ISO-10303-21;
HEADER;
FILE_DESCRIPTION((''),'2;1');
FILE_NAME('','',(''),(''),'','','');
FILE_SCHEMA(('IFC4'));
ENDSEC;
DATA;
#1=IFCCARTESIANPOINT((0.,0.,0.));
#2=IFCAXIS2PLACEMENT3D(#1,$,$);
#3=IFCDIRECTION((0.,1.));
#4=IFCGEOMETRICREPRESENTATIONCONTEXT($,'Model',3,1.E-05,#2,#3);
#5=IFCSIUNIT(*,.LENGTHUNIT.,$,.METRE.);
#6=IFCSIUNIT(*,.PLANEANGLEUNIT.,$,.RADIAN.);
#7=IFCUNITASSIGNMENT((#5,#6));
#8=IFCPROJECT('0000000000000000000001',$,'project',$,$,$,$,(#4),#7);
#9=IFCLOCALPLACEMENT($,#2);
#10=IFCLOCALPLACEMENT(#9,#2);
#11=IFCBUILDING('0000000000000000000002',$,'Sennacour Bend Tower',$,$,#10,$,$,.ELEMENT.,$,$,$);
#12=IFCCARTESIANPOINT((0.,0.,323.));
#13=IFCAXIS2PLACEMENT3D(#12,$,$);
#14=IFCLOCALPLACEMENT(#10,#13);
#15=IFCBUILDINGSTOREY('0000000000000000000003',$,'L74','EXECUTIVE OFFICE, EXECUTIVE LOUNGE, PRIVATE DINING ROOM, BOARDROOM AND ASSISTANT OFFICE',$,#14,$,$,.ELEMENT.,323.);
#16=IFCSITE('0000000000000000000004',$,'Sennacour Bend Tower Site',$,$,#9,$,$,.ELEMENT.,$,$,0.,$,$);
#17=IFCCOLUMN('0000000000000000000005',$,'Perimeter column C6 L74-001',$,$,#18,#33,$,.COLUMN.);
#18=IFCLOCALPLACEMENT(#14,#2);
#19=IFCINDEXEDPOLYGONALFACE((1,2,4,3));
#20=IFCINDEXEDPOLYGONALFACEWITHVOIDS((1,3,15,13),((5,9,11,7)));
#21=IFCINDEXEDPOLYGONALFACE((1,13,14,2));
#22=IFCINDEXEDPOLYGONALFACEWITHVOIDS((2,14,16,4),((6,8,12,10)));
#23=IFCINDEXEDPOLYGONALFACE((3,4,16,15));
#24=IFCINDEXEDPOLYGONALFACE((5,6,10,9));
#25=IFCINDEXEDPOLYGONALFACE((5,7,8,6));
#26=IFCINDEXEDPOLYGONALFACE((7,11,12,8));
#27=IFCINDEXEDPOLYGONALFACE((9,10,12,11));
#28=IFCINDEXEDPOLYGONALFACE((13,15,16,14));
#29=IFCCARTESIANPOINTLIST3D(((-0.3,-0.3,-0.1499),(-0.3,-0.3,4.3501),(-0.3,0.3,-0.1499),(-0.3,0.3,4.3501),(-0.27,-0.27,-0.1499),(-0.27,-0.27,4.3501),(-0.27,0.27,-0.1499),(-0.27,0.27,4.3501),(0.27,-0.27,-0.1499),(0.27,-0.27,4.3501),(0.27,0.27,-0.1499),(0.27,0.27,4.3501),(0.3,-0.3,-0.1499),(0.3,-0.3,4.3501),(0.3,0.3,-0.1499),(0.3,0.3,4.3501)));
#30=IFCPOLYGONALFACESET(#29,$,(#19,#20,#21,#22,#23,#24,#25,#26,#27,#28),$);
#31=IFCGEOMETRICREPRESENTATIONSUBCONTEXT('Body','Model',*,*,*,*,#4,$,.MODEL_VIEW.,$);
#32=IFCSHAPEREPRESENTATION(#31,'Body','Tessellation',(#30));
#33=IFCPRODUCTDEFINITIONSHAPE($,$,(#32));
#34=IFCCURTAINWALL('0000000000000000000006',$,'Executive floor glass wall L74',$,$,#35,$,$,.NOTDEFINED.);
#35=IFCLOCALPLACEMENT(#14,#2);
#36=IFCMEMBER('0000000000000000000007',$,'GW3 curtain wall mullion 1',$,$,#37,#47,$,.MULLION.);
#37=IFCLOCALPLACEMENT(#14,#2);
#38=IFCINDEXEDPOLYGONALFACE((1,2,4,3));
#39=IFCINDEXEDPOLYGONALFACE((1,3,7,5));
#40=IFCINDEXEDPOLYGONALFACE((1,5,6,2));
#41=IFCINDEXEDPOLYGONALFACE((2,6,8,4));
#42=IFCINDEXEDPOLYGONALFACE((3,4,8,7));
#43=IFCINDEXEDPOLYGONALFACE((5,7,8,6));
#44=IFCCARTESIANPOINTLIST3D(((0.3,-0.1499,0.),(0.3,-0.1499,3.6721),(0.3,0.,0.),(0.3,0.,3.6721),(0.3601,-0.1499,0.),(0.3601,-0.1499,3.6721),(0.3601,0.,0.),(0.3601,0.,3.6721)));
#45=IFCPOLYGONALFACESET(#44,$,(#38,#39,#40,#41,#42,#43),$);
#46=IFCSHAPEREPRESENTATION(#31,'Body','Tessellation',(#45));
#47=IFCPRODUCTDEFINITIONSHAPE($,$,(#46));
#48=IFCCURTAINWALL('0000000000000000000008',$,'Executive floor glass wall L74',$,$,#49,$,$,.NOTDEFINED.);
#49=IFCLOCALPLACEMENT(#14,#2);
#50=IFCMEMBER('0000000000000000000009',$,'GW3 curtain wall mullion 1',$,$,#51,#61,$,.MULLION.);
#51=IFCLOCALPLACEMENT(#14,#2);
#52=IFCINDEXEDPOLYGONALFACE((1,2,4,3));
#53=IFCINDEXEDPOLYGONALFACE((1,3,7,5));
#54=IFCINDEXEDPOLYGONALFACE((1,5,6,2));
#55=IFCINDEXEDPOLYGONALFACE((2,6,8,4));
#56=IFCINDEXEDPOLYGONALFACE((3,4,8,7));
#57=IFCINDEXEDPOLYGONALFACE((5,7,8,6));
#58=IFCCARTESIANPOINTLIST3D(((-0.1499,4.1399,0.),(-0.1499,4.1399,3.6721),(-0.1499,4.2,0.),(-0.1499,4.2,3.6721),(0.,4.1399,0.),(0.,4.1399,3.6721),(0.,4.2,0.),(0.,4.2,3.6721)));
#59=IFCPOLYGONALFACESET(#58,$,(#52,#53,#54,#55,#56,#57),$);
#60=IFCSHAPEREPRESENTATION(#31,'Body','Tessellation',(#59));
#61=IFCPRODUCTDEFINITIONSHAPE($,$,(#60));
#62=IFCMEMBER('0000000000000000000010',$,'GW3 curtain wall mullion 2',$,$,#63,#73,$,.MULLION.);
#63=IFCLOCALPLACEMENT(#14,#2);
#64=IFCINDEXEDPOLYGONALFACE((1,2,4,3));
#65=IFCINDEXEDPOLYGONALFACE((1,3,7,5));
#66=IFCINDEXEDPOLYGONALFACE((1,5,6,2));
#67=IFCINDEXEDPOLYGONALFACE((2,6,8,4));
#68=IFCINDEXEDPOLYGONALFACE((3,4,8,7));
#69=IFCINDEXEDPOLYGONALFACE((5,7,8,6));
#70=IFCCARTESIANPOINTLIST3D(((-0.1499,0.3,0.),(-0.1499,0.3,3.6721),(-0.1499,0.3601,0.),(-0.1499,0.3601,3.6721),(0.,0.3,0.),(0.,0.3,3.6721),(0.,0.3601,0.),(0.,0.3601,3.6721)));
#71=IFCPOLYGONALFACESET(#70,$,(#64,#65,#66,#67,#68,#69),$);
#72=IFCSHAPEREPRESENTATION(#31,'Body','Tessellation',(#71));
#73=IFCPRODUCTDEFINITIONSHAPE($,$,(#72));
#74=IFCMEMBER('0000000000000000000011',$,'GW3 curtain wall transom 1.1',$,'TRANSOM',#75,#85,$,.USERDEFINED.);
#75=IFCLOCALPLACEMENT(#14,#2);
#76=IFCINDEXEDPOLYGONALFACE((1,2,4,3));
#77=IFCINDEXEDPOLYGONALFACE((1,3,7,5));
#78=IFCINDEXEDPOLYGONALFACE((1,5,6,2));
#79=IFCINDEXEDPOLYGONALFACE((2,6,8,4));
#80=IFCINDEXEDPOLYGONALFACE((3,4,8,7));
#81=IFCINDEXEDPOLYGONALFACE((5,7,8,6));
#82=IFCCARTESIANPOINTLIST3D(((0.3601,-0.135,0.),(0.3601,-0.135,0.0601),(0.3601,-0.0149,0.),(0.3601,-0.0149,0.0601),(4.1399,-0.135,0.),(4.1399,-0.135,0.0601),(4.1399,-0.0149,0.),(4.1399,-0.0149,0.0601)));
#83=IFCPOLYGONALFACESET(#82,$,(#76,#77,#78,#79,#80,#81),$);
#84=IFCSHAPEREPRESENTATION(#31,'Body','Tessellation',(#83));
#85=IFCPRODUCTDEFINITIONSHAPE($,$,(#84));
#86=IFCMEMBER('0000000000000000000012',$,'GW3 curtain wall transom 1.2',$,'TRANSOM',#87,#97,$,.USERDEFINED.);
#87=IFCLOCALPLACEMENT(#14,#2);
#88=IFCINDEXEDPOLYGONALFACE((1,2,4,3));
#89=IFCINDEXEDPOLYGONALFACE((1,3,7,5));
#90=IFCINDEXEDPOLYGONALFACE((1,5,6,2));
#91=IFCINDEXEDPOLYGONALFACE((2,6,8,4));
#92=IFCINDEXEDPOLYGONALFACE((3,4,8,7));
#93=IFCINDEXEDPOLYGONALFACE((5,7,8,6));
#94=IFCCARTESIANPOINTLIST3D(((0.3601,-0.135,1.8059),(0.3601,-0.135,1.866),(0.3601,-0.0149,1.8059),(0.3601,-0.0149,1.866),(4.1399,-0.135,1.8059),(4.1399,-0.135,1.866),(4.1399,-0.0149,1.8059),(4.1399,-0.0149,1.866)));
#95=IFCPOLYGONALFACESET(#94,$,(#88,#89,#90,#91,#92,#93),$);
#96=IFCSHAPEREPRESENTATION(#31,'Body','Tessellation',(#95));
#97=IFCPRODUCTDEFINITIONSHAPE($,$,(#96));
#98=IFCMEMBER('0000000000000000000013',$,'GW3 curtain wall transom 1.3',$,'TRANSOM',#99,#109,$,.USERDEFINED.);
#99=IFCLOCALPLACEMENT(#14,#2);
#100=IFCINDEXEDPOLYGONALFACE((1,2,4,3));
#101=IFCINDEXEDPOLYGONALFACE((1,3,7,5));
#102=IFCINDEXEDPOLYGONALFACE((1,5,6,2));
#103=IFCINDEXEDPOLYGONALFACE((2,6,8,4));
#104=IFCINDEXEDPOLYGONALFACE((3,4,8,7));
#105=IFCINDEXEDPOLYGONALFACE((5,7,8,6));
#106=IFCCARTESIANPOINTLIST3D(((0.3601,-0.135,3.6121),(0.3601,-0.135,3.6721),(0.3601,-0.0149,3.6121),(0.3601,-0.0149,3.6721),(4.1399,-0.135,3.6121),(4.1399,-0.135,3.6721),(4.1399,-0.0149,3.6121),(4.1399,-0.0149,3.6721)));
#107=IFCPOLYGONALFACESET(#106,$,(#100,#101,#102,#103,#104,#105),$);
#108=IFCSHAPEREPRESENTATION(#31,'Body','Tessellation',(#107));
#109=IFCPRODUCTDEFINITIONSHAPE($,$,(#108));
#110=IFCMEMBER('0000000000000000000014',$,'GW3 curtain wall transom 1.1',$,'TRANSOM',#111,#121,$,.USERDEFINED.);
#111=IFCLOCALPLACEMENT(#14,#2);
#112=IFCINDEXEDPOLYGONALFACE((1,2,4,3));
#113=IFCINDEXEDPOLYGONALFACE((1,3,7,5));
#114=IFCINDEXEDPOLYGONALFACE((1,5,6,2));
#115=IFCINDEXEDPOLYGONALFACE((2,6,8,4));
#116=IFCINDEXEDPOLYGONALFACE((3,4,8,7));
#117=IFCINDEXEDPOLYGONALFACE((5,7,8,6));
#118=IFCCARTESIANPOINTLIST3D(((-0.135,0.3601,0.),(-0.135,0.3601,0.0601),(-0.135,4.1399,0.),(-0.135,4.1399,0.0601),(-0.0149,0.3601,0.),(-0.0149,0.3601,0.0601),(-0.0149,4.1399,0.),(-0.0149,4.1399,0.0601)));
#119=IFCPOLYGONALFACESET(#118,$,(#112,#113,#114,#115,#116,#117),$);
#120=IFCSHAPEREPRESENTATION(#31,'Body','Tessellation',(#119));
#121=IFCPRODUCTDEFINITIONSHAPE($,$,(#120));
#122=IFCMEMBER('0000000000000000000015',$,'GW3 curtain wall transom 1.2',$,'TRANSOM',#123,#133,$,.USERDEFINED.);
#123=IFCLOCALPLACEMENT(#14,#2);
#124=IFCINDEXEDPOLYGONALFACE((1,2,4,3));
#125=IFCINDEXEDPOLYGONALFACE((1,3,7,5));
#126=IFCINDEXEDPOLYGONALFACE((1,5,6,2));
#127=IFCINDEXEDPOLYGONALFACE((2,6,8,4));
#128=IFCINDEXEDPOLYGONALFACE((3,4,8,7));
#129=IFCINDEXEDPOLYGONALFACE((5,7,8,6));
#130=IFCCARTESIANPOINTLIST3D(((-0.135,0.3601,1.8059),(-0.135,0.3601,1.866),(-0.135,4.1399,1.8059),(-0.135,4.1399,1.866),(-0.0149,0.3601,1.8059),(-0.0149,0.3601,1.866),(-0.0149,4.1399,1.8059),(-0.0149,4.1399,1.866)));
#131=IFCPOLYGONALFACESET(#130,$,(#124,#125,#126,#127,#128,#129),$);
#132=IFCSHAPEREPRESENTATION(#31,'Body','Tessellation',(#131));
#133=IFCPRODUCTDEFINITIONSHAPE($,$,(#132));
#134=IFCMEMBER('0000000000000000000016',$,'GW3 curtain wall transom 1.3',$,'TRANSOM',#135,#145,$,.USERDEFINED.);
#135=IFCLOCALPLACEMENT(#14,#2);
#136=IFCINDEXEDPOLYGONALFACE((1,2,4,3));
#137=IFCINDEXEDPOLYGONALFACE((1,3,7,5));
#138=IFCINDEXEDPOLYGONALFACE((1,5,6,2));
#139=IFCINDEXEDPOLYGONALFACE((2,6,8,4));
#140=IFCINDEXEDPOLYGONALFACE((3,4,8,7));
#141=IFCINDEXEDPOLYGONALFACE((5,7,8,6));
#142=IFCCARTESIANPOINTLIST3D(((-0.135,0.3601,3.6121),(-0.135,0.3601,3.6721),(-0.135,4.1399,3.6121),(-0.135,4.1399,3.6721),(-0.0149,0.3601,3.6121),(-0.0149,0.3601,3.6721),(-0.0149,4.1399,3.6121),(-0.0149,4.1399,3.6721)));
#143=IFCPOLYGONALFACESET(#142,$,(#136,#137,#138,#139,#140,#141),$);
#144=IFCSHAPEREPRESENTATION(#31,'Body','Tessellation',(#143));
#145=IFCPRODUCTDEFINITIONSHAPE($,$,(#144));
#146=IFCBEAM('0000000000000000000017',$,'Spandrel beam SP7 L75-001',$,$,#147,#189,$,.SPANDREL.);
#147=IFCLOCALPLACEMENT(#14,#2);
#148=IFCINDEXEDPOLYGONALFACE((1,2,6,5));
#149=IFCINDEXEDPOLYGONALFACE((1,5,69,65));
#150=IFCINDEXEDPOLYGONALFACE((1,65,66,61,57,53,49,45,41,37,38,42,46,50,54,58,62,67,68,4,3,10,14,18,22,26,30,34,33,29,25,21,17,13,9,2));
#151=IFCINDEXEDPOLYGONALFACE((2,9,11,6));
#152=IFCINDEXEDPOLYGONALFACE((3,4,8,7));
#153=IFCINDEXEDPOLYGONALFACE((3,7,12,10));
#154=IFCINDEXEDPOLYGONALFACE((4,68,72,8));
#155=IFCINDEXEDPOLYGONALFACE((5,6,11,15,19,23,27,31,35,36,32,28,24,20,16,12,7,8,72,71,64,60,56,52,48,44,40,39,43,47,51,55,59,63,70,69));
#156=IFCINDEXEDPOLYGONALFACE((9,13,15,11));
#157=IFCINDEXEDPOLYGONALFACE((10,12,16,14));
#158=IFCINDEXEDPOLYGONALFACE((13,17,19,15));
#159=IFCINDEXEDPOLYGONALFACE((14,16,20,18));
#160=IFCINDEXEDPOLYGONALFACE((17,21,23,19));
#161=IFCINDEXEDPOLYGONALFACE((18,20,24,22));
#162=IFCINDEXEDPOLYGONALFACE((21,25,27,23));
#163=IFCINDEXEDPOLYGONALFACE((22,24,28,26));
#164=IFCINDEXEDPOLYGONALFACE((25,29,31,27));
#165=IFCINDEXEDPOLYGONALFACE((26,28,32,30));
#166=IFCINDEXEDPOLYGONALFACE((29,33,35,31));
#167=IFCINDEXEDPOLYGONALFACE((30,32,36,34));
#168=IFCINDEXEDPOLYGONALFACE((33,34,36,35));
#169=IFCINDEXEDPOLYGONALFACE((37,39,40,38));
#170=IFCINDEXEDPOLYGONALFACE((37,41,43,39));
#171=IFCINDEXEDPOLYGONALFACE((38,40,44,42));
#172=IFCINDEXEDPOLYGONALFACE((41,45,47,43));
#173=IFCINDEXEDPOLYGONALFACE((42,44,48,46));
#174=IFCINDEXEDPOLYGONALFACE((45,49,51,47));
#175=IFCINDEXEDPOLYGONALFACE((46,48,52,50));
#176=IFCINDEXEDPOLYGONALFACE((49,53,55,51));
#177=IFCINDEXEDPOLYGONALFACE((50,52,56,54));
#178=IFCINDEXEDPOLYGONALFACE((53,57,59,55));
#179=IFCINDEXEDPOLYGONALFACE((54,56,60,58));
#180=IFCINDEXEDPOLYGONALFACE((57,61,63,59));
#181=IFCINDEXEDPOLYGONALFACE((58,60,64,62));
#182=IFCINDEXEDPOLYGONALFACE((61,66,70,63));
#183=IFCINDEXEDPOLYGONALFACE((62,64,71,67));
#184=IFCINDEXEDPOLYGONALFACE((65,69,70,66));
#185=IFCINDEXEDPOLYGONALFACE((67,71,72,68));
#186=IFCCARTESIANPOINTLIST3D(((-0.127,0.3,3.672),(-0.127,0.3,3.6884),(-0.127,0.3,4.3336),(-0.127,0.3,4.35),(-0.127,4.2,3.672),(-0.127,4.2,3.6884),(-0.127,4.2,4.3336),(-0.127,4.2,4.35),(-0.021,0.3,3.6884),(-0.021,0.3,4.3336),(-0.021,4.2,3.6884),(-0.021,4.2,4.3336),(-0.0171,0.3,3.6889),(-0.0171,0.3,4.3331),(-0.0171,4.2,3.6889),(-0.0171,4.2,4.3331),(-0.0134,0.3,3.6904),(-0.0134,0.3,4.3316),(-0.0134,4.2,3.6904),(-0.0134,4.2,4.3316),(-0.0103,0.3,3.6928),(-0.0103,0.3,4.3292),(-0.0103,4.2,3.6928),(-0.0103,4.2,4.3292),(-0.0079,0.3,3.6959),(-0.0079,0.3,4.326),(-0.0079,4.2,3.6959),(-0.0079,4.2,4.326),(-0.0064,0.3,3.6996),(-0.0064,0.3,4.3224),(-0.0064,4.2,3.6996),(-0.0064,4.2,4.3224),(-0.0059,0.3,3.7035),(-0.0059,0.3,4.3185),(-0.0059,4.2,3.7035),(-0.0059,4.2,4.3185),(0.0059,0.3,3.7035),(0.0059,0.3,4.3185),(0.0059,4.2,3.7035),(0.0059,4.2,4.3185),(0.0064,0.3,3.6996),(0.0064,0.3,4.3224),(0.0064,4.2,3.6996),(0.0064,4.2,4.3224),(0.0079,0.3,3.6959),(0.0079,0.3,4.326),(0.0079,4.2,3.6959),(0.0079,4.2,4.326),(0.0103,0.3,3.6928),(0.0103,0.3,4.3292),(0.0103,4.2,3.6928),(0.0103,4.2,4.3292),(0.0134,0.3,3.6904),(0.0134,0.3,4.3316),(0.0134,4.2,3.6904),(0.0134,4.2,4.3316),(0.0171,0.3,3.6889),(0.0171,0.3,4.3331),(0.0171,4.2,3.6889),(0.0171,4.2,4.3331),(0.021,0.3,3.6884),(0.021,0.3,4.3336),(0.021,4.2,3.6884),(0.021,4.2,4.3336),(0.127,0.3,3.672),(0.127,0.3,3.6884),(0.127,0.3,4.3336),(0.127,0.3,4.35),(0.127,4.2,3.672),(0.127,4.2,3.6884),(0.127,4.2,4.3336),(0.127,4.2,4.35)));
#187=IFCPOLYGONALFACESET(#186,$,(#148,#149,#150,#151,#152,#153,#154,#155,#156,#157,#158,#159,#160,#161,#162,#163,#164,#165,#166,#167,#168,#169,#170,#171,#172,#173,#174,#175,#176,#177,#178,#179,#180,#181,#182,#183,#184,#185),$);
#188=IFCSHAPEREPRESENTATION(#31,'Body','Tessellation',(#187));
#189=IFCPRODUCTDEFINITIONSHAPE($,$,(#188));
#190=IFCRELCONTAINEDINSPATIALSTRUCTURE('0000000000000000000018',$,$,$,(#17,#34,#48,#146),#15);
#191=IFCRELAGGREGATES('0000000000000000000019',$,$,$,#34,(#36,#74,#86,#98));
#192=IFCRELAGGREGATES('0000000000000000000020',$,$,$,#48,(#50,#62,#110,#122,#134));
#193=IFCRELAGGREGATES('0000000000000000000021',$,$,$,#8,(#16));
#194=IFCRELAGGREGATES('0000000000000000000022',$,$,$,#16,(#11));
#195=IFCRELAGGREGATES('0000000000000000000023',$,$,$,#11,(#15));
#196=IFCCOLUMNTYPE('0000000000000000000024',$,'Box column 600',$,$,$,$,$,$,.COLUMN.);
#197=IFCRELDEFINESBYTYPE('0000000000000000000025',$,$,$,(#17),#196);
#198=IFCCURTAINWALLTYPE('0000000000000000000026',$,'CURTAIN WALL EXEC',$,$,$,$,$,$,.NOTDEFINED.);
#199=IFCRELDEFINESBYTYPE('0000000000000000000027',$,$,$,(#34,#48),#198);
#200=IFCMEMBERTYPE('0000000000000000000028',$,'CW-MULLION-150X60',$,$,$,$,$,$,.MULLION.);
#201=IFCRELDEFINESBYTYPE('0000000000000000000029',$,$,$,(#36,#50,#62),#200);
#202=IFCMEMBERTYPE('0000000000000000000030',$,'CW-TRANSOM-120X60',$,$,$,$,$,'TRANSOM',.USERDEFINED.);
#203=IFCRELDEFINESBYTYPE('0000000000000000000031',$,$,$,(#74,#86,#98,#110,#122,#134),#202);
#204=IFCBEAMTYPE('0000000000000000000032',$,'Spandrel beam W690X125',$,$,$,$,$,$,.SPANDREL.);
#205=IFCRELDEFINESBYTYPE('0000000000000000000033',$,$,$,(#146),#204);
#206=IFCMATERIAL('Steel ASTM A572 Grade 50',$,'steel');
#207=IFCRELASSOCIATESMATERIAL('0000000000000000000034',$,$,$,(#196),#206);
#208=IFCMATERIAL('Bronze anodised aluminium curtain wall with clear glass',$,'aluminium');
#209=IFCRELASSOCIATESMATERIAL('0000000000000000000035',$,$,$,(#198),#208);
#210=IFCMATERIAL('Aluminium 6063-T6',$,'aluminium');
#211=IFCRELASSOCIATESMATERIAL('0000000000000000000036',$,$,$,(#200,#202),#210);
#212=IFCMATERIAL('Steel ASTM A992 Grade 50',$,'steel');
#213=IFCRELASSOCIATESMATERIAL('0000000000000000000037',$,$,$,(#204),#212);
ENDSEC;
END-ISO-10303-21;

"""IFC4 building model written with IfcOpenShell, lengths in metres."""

from ifc_helpers import new_model, si_unit, direction, frame, origin, origin_2d, place, context, subcontext, project, spatial, rectangle, hollow_rectangle, i_section, extrude, material, material_profile, profile_set, type_object, element, aggregate, save


model = new_model("IFC4")

# Units and contexts
model_context = context("Model", 3, precision=1e-05, world=origin(), true_north=direction((0.0, 1.0)))
body_context = subcontext(model_context, "Body", "Model", "MODEL_VIEW")
ifc_project = project(units=[si_unit("LENGTHUNIT", "METRE"), si_unit("PLANEANGLEUNIT", "RADIAN")], contexts=[model_context])

# Site, building, storey
site_placement = place(None, origin())
site = spatial("IfcSite", under=ifc_project, at=site_placement, Name="Sennacour Bend Tower Site", CompositionType="ELEMENT", RefElevation=0.0)
building_placement = place(site_placement, origin())
building = spatial("IfcBuilding", under=site, at=building_placement, Name="Sennacour Bend Tower", CompositionType="ELEMENT")
storey_placement = place(building_placement, frame((0.0, 0.0, 323.0)))
storey = spatial("IfcBuildingStorey", under=building, at=storey_placement, Name="L74", Description="EXECUTIVE OFFICE, EXECUTIVE LOUNGE, PRIVATE DINING ROOM, BOARDROOM AND ASSISTANT OFFICE", CompositionType="ELEMENT", Elevation=323.0)

# Column
ifc_material_1 = material(Name="Steel ASTM A572 Grade 50", Category="steel")
ifc_material_profile_1 = material_profile(ifc_material_1, hollow_rectangle(XDim=0.6001, YDim=0.6001, WallThickness=0.03, at=origin_2d()), Name="Steel ASTM A572 Grade 50", Category="steel")
ifc_profile_set_1 = profile_set([ifc_material_profile_1], Name="Steel ASTM A572 Grade 50")
column_type = type_object("IfcColumnType", Name="Box column 600", PredefinedType="COLUMN", material=ifc_profile_set_1)
column_placement = place(storey_placement, frame((0.0, 0.0, -0.1499), z_axis=(0.0, 0.0, 1.0), x_axis=(1.0, 0.0, 0.0)))
element("IfcColumn", 1, at=column_placement, inside=storey, type_object=column_type, Name="Perimeter column C6 L74-001", PredefinedType="COLUMN", context=body_context, shape_type="SweptSolid", body=[
    extrude(hollow_rectangle(XDim=0.6001, YDim=0.6001, WallThickness=0.03, at=origin_2d()), origin(), (0.0, 0.0, 1.0), 4.5),
])

# Curtain wall, member
ifc_material_2 = material(Name="Bronze anodised aluminium curtain wall with clear glass", Category="aluminium")
curtain_wall_type = type_object("IfcCurtainWallType", Name="CURTAIN WALL EXEC", PredefinedType="NOTDEFINED", material=ifc_material_2)
curtain_wall_1_placement = place(storey_placement, origin())
curtain_wall_1 = element("IfcCurtainWall", 2, at=curtain_wall_1_placement, inside=storey, type_object=curtain_wall_type, Name="Executive floor glass wall L74", PredefinedType="NOTDEFINED")
ifc_material_3 = material(Name="Aluminium 6063-T6", Category="aluminium")
ifc_material_profile_2 = material_profile(ifc_material_3, rectangle(XDim=0.1499, YDim=0.0601, at=origin_2d()), Name="Aluminium 6063-T6", Category="aluminium")
ifc_profile_set_2 = profile_set([ifc_material_profile_2], Name="Aluminium 6063-T6")
member_type_1 = type_object("IfcMemberType", Name="CW-MULLION-150X60", PredefinedType="MULLION", material=ifc_profile_set_2)
member_1_placement = place(storey_placement, frame((0.3301, -0.075, 0.0), z_axis=(0.0, 0.0, 1.0), x_axis=(0.0, 1.0, 0.0)))
member_1 = element("IfcMember", 3, at=member_1_placement, type_object=member_type_1, Name="GW3 curtain wall mullion 1", PredefinedType="MULLION", context=body_context, shape_type="SweptSolid", body=[
    extrude(rectangle(XDim=0.1499, YDim=0.0601, at=origin_2d()), origin(), (0.0, 0.0, 1.0), 3.6721),
])

# Curtain wall, members
curtain_wall_2_placement = place(storey_placement, origin())
curtain_wall_2 = element("IfcCurtainWall", 4, at=curtain_wall_2_placement, inside=storey, type_object=curtain_wall_type, Name="Executive floor glass wall L74", PredefinedType="NOTDEFINED")
member_2_placement = place(storey_placement, frame((-0.075, 4.1699, 0.0), z_axis=(0.0, 0.0, 1.0), x_axis=(1.0, 0.0, 0.0)))
member_2 = element("IfcMember", 5, at=member_2_placement, type_object=member_type_1, Name="GW3 curtain wall mullion 1", PredefinedType="MULLION", context=body_context, shape_type="SweptSolid", body=[
    extrude(rectangle(XDim=0.1499, YDim=0.0601, at=origin_2d()), origin(), (0.0, 0.0, 1.0), 3.6721),
])
member_3_placement = place(storey_placement, frame((-0.075, 0.3301, 0.0), z_axis=(0.0, 0.0, 1.0), x_axis=(1.0, 0.0, 0.0)))
member_3 = element("IfcMember", 6, at=member_3_placement, type_object=member_type_1, Name="GW3 curtain wall mullion 2", PredefinedType="MULLION", context=body_context, shape_type="SweptSolid", body=[
    extrude(rectangle(XDim=0.1499, YDim=0.0601, at=origin_2d()), origin(), (0.0, 0.0, 1.0), 3.6721),
])

# Members
ifc_material_profile_3 = material_profile(ifc_material_3, rectangle(XDim=0.1201, YDim=0.0601, at=origin_2d()), Name="Aluminium 6063-T6", Category="aluminium")
ifc_profile_set_3 = profile_set([ifc_material_profile_3], Name="Aluminium 6063-T6")
member_type_2 = type_object("IfcMemberType", Name="CW-TRANSOM-120X60", ElementType="TRANSOM", PredefinedType="USERDEFINED", material=ifc_profile_set_3)
member_4_placement = place(storey_placement, frame((0.3601, -0.075, 0.03), z_axis=(1.0, 0.0, 0.0), x_axis=(0.0, 1.0, 0.0)))
member_4 = element("IfcMember", 7, at=member_4_placement, type_object=member_type_2, Name="GW3 curtain wall transom 1.1", ObjectType="TRANSOM", PredefinedType="USERDEFINED", context=body_context, shape_type="SweptSolid", body=[
    extrude(rectangle(XDim=0.1201, YDim=0.0601, at=origin_2d()), origin(), (0.0, 0.0, 1.0), 3.7798),
])
member_5_placement = place(storey_placement, frame((0.3601, -0.075, 1.8359), z_axis=(1.0, 0.0, 0.0), x_axis=(0.0, 1.0, 0.0)))
member_5 = element("IfcMember", 8, at=member_5_placement, type_object=member_type_2, Name="GW3 curtain wall transom 1.2", ObjectType="TRANSOM", PredefinedType="USERDEFINED", context=body_context, shape_type="SweptSolid", body=[
    extrude(rectangle(XDim=0.1201, YDim=0.0601, at=origin_2d()), origin(), (0.0, 0.0, 1.0), 3.7798),
])
member_6_placement = place(storey_placement, frame((0.3601, -0.075, 3.6421), z_axis=(1.0, 0.0, 0.0), x_axis=(0.0, 1.0, 0.0)))
member_6 = element("IfcMember", 9, at=member_6_placement, type_object=member_type_2, Name="GW3 curtain wall transom 1.3", ObjectType="TRANSOM", PredefinedType="USERDEFINED", context=body_context, shape_type="SweptSolid", body=[
    extrude(rectangle(XDim=0.1201, YDim=0.0601, at=origin_2d()), origin(), (0.0, 0.0, 1.0), 3.7798),
])
aggregate(curtain_wall_1, [member_1, member_4, member_5, member_6])
member_7_placement = place(storey_placement, frame((-0.075, 4.1399, 0.03), z_axis=(0.0, -1.0, 0.0), x_axis=(1.0, 0.0, 0.0)))
member_7 = element("IfcMember", 10, at=member_7_placement, type_object=member_type_2, Name="GW3 curtain wall transom 1.1", ObjectType="TRANSOM", PredefinedType="USERDEFINED", context=body_context, shape_type="SweptSolid", body=[
    extrude(rectangle(XDim=0.1201, YDim=0.0601, at=origin_2d()), origin(), (0.0, 0.0, 1.0), 3.7798),
])
member_8_placement = place(storey_placement, frame((-0.075, 4.1399, 1.8359), z_axis=(0.0, -1.0, 0.0), x_axis=(1.0, 0.0, 0.0)))
member_8 = element("IfcMember", 11, at=member_8_placement, type_object=member_type_2, Name="GW3 curtain wall transom 1.2", ObjectType="TRANSOM", PredefinedType="USERDEFINED", context=body_context, shape_type="SweptSolid", body=[
    extrude(rectangle(XDim=0.1201, YDim=0.0601, at=origin_2d()), origin(), (0.0, 0.0, 1.0), 3.7798),
])
member_9_placement = place(storey_placement, frame((-0.075, 4.1399, 3.6421), z_axis=(0.0, -1.0, 0.0), x_axis=(1.0, 0.0, 0.0)))
member_9 = element("IfcMember", 12, at=member_9_placement, type_object=member_type_2, Name="GW3 curtain wall transom 1.3", ObjectType="TRANSOM", PredefinedType="USERDEFINED", context=body_context, shape_type="SweptSolid", body=[
    extrude(rectangle(XDim=0.1201, YDim=0.0601, at=origin_2d()), origin(), (0.0, 0.0, 1.0), 3.7798),
])

# Beam
ifc_material_4 = material(Name="Steel ASTM A992 Grade 50", Category="steel")
ifc_material_profile_4 = material_profile(ifc_material_4, i_section(OverallWidth=0.2539, OverallDepth=0.678, WebThickness=0.0117, FlangeThickness=0.0164, FilletRadius=0.0151, at=origin_2d()), Name="Steel ASTM A992 Grade 50", Category="steel")
ifc_profile_set_4 = profile_set([ifc_material_profile_4], Name="Steel ASTM A992 Grade 50")
beam_type = type_object("IfcBeamType", Name="Spandrel beam W690X125", PredefinedType="SPANDREL", material=ifc_profile_set_4)
beam_placement = place(storey_placement, frame((0.0, 0.3, 4.011), z_axis=(0.0, 1.0, 0.0), x_axis=(-1.0, 0.0, 0.0)))
element("IfcBeam", 13, at=beam_placement, inside=storey, type_object=beam_type, Name="Spandrel beam SP7 L75-001", PredefinedType="SPANDREL", context=body_context, shape_type="SweptSolid", body=[
    extrude(i_section(OverallWidth=0.2539, OverallDepth=0.678, WebThickness=0.0117, FlangeThickness=0.0164, FilletRadius=0.0151, at=origin_2d()), origin(), (0.0, 0.0, 1.0), 3.8999),
])

aggregate(curtain_wall_2, [member_2, member_3, member_7, member_8, member_9])

save(model, "model.ifc")
